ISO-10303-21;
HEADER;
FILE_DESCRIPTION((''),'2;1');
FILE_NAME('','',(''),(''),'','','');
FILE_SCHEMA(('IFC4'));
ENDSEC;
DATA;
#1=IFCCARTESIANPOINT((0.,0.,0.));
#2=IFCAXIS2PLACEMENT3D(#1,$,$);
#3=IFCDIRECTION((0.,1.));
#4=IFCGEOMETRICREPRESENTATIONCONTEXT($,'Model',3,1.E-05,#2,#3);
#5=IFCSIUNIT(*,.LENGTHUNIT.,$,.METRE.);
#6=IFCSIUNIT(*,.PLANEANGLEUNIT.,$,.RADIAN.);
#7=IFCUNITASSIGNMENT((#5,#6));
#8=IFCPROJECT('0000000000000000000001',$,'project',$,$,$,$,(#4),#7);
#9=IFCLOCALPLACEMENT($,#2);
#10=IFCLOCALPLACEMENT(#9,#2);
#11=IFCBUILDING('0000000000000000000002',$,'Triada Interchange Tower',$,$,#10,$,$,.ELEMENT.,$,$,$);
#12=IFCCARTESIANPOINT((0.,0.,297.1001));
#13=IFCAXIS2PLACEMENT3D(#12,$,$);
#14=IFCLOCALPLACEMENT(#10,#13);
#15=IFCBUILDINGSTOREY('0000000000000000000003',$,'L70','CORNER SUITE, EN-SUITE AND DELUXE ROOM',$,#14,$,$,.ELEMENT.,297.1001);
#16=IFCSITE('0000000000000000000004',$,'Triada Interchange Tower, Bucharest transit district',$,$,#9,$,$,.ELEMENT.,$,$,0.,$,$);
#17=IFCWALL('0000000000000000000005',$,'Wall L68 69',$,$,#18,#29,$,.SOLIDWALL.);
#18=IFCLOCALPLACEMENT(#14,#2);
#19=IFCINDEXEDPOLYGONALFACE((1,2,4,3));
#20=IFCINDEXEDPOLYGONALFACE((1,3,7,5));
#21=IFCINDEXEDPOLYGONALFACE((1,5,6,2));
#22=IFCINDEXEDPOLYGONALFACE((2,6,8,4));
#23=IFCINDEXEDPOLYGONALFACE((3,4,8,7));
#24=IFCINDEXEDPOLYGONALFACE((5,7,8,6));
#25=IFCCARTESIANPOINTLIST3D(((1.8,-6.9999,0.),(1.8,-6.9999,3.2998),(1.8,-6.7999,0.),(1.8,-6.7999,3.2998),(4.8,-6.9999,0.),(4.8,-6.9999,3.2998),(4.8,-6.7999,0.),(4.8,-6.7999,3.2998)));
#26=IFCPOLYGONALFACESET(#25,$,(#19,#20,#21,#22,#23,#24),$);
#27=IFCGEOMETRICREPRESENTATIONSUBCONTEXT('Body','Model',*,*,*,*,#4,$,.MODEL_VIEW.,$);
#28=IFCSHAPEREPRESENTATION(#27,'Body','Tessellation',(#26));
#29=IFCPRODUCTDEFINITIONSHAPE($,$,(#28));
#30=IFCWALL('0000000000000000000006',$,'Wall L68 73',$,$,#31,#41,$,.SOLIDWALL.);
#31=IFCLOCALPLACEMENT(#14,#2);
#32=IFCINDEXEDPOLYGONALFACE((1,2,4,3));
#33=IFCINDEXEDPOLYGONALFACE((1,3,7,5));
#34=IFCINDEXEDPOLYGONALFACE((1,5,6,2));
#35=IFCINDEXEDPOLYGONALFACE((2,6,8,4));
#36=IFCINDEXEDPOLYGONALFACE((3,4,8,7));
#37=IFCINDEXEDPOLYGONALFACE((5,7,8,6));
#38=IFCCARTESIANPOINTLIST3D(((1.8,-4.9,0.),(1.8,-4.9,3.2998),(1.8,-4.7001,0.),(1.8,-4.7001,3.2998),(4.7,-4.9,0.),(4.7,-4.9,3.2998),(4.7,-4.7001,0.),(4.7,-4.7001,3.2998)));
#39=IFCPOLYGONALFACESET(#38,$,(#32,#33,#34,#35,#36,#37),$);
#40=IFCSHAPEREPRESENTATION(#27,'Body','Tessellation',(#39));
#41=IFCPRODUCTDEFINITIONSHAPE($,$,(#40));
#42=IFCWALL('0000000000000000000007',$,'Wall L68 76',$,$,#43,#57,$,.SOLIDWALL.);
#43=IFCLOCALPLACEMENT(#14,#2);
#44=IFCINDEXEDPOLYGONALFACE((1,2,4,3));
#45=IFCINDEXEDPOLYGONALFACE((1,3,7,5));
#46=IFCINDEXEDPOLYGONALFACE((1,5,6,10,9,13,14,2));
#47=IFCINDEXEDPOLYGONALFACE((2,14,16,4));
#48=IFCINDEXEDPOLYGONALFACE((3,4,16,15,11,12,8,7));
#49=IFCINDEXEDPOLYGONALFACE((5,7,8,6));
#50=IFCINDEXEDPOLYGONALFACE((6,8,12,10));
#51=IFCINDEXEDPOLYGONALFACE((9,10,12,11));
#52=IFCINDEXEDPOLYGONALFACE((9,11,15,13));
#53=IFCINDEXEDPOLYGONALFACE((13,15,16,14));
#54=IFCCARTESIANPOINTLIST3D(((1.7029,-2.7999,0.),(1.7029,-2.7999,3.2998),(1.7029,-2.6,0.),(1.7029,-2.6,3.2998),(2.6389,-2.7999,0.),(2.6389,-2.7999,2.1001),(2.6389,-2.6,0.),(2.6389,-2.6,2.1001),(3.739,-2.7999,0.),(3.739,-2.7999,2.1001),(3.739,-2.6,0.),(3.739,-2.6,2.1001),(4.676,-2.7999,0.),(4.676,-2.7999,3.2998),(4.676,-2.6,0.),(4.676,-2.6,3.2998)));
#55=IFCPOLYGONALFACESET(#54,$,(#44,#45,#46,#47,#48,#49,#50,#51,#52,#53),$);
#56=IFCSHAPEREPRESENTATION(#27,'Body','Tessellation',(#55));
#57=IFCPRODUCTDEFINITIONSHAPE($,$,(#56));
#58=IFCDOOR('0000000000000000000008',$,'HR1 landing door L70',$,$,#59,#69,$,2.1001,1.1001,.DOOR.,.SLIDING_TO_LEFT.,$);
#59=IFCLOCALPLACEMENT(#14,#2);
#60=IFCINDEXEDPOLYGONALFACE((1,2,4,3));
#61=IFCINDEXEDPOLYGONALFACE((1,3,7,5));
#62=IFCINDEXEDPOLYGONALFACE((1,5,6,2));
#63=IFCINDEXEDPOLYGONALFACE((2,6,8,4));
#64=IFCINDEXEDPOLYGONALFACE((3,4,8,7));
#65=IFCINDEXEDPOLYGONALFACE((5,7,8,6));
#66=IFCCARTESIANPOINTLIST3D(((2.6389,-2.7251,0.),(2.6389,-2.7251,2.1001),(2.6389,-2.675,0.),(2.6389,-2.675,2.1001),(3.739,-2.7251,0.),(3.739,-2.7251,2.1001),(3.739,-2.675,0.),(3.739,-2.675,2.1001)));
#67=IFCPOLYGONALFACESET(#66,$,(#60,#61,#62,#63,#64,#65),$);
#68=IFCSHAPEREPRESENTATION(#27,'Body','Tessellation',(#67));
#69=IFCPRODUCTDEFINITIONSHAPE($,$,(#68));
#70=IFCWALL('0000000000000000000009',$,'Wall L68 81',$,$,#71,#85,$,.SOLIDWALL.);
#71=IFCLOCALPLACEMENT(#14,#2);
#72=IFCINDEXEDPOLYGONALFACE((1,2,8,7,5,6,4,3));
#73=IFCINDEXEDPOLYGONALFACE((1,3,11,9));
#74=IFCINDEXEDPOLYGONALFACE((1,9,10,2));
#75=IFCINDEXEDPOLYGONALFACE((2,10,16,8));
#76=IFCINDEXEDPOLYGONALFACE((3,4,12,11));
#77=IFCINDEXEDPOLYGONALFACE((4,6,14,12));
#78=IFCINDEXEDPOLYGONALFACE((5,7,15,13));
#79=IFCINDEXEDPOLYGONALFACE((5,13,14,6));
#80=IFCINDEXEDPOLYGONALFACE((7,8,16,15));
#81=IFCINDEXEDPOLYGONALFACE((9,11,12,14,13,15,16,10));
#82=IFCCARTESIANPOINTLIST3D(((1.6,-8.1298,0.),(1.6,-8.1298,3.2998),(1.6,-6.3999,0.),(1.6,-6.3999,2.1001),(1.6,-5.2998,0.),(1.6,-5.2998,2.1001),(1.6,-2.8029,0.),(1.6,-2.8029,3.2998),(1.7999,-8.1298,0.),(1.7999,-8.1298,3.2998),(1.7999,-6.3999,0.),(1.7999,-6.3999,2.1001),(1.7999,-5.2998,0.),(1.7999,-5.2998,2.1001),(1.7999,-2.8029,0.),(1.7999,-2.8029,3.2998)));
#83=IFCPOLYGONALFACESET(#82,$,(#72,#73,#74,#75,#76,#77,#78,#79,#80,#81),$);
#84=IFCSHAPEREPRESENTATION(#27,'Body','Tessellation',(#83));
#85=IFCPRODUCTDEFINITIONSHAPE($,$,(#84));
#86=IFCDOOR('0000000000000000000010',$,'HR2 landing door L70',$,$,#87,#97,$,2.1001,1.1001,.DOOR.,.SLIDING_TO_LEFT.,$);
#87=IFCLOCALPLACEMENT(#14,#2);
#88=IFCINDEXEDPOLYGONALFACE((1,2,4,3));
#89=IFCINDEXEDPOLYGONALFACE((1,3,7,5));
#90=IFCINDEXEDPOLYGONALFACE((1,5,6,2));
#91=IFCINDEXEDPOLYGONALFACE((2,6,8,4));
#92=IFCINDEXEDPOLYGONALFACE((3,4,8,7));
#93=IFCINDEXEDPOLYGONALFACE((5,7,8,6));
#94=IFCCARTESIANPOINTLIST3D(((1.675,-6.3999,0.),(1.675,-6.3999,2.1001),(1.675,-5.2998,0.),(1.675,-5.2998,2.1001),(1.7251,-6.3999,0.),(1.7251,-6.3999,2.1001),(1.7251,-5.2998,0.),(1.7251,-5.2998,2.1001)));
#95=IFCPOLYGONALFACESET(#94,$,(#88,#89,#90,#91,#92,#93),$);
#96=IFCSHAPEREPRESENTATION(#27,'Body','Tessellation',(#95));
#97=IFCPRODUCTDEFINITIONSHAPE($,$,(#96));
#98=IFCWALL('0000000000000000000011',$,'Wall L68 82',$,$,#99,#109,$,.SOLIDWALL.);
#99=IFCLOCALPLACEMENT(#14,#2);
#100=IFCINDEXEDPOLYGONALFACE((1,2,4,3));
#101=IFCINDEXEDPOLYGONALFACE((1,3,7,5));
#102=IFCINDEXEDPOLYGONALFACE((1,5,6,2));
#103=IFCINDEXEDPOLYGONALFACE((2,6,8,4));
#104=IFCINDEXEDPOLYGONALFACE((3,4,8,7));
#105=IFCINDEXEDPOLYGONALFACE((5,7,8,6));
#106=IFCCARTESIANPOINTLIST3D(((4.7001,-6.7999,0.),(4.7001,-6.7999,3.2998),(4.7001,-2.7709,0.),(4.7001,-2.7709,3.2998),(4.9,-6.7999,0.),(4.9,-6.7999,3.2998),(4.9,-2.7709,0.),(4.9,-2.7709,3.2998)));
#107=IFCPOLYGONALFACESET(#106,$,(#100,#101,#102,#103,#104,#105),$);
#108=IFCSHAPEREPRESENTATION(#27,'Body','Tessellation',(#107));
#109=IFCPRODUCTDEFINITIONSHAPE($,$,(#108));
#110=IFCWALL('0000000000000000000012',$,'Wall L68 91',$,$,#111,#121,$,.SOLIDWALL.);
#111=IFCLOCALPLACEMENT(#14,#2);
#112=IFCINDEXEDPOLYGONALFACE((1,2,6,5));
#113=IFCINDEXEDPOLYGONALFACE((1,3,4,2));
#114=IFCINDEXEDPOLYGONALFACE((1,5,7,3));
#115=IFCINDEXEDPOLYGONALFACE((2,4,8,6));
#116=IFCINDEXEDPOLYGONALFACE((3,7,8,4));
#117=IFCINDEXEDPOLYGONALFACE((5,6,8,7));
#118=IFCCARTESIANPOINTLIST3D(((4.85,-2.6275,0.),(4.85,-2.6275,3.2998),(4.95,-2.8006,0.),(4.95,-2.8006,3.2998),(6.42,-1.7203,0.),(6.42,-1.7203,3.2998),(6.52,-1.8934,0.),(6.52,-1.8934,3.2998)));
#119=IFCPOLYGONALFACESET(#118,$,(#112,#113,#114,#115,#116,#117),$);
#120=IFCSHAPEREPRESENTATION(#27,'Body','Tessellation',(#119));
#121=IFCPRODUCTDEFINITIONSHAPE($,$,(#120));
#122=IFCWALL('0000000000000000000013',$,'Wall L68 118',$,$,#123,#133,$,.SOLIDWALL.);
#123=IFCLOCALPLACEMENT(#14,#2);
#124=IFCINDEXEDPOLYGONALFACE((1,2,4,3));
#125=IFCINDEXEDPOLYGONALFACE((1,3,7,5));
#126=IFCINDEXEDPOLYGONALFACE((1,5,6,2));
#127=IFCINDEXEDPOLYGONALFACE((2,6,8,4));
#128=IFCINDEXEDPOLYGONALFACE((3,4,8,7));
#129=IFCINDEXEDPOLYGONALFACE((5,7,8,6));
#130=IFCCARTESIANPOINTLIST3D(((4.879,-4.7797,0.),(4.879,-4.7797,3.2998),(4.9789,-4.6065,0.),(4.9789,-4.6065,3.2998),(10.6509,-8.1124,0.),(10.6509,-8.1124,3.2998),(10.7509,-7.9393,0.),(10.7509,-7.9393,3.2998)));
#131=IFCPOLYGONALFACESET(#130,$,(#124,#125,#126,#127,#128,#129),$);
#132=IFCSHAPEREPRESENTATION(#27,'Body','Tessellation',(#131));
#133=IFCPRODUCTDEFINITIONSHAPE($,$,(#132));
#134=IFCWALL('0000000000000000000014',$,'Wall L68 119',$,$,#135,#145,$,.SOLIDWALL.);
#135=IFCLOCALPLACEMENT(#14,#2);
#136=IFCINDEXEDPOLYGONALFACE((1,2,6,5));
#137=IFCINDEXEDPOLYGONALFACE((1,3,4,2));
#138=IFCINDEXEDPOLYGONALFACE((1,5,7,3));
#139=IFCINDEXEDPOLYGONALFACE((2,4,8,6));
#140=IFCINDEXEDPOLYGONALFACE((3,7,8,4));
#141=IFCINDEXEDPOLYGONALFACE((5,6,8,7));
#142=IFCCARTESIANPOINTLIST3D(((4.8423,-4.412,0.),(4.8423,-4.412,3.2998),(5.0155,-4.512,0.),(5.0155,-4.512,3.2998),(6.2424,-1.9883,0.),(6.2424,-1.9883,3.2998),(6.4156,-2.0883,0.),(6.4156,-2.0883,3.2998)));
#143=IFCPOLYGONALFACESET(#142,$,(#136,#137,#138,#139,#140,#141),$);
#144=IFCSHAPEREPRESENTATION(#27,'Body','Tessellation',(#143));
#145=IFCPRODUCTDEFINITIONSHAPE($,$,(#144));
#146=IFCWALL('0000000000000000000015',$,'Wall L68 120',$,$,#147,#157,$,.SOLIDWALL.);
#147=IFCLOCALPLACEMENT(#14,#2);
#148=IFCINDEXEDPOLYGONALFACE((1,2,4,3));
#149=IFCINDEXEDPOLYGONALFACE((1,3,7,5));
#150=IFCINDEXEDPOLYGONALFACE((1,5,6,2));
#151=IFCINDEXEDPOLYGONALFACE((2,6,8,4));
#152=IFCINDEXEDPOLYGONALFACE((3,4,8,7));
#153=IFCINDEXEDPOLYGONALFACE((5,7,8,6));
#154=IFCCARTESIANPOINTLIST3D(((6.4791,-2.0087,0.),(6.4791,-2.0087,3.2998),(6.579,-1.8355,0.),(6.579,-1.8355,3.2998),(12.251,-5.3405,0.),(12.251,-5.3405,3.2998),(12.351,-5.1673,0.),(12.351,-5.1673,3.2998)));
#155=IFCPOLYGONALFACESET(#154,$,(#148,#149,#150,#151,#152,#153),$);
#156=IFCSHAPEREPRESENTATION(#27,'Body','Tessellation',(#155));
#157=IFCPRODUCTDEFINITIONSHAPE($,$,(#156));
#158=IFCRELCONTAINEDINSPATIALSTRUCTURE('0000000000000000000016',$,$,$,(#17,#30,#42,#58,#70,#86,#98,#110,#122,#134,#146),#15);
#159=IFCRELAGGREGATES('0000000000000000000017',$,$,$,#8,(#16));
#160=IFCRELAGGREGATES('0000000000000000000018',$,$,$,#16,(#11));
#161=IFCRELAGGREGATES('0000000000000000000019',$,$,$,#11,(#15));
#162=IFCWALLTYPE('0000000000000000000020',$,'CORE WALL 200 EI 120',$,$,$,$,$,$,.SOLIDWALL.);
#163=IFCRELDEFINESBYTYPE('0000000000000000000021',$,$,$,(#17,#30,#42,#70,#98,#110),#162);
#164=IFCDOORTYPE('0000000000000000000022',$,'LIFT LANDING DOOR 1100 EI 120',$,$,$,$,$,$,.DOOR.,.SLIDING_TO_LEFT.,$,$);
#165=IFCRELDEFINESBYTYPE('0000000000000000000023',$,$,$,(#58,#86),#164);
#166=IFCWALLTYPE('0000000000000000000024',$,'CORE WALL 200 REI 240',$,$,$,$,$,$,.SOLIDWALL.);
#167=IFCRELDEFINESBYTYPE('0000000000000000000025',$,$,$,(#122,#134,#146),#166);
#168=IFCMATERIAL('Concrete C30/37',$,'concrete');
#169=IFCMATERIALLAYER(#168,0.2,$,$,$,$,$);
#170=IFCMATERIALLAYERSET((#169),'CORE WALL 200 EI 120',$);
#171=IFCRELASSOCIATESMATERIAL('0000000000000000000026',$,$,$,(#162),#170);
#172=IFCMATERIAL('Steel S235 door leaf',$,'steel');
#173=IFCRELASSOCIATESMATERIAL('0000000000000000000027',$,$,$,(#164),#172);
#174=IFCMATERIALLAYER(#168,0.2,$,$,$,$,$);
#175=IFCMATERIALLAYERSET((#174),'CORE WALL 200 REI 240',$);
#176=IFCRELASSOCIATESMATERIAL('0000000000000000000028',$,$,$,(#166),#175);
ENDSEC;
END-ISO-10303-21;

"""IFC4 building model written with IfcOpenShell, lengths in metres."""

from ifc_helpers import new_model, si_unit, direction, frame, frame_2d, origin, place, context, subcontext, project, spatial, rectangle, extrude, material, layer, layer_set, type_object, element, fill, save


model = new_model("IFC4")

# Units and contexts
model_context = context("Model", 3, precision=1e-05, world=origin(), true_north=direction((0.0, 1.0)))
body_context = subcontext(model_context, "Body", "Model", "MODEL_VIEW")
ifc_project = project(units=[si_unit("LENGTHUNIT", "METRE"), si_unit("PLANEANGLEUNIT", "RADIAN")], contexts=[model_context])

# Site, building, storey
site_placement = place(None, origin())
site = spatial("IfcSite", under=ifc_project, at=site_placement, Name="Triada Interchange Tower, Bucharest transit district", CompositionType="ELEMENT", RefElevation=0.0)
building_placement = place(site_placement, origin())
building = spatial("IfcBuilding", under=site, at=building_placement, Name="Triada Interchange Tower", CompositionType="ELEMENT")
storey_placement = place(building_placement, frame((0.0, 0.0, 297.1001)))
storey = spatial("IfcBuildingStorey", under=building, at=storey_placement, Name="L70", Description="CORNER SUITE, EN-SUITE AND DELUXE ROOM", CompositionType="ELEMENT", Elevation=297.1001)

# Walls
ifc_material_1 = material(Name="Concrete C30/37", Category="concrete")
ifc_layer_1 = layer(ifc_material_1, 0.2)
ifc_layer_set_1 = layer_set([ifc_layer_1], Name="CORE WALL 200 EI 120")
wall_type_1 = type_object("IfcWallType", Name="CORE WALL 200 EI 120", PredefinedType="SOLIDWALL", material=ifc_layer_set_1)
wall_1_placement = place(storey_placement, frame((1.8, -6.8999, 0.0), z_axis=(0.0, 0.0, 1.0), x_axis=(1.0, 0.0, 0.0)))
element("IfcWall", 1, at=wall_1_placement, inside=storey, type_object=wall_type_1, Name="Wall L68 69", PredefinedType="SOLIDWALL", context=body_context, shape_type="SweptSolid", body=[
    extrude(rectangle(XDim=3.0, YDim=0.2, at=frame_2d((1.5, 0.0))), origin(), (0.0, 0.0, 1.0), 3.2998),
])
wall_2_placement = place(storey_placement, frame((1.8, -4.8, 0.0), z_axis=(0.0, 0.0, 1.0), x_axis=(1.0, 0.0, 0.0)))
element("IfcWall", 2, at=wall_2_placement, inside=storey, type_object=wall_type_1, Name="Wall L68 73", PredefinedType="SOLIDWALL", context=body_context, shape_type="SweptSolid", body=[
    extrude(rectangle(XDim=2.8999, YDim=0.2, at=frame_2d((1.45, 0.0))), origin(), (0.0, 0.0, 1.0), 3.2998),
])

# Walls, openings, doors
wall_3_placement = place(storey_placement, frame((1.7029, -2.7, 0.0), z_axis=(0.0, 0.0, 1.0), x_axis=(1.0, 0.0, 0.0)))
wall_3 = element("IfcWall", 3, at=wall_3_placement, inside=storey, type_object=wall_type_1, Name="Wall L68 76", PredefinedType="SOLIDWALL", context=body_context, shape_type="SweptSolid", body=[
    extrude(rectangle(XDim=2.9731, YDim=0.2, at=frame_2d((1.4866, 0.0))), origin(), (0.0, 0.0, 1.0), 3.2998),
])
opening_1_placement = place(wall_3_placement, frame((0.936, 0.0, 0.0)))
opening_1 = element("IfcOpeningElement", 4, at=opening_1_placement, cuts=wall_3, PredefinedType="OPENING", context=body_context, shape_type="SweptSolid", body=[
    extrude(rectangle(XDim=1.1001, YDim=2.1001, at=frame_2d((0.55, 1.05))), frame((0.0, 0.1099, 0.0), z_axis=(0.0, -1.0, 0.0), x_axis=(1.0, 0.0, 0.0)), (0.0, 0.0, 1.0), 0.22),
])
ifc_material_2 = material(Name="Steel S235 door leaf", Category="steel")
door_type_1 = type_object("IfcDoorType", Name="LIFT LANDING DOOR 1100 EI 120", OperationType="SLIDING_TO_LEFT", PredefinedType="DOOR", material=ifc_material_2)
door_1_placement = place(opening_1_placement, origin())
door_1 = element("IfcDoor", 5, at=door_1_placement, inside=storey, type_object=door_type_1, Name="HR1 landing door L70", OperationType="SLIDING_TO_LEFT", OverallHeight=2.1001, OverallWidth=1.1001, PredefinedType="DOOR", context=body_context, shape_type="SweptSolid", body=[
    extrude(rectangle(XDim=1.1001, YDim=2.1001, at=frame_2d((0.55, 1.05))), frame((0.0, 0.0249, 0.0), z_axis=(0.0, -1.0, 0.0), x_axis=(1.0, 0.0, 0.0)), (0.0, 0.0, 1.0), 0.05),
])
fill(opening_1, door_1)
wall_4_placement = place(storey_placement, frame((1.7, -8.1299, 0.0), z_axis=(0.0, 0.0, 1.0), x_axis=(0.0, 1.0, 0.0)))
wall_4 = element("IfcWall", 6, at=wall_4_placement, inside=storey, type_object=wall_type_1, Name="Wall L68 81", PredefinedType="SOLIDWALL", context=body_context, shape_type="SweptSolid", body=[
    extrude(rectangle(XDim=5.3269, YDim=0.2, at=frame_2d((2.6636, 0.0))), origin(), (0.0, 0.0, 1.0), 3.2998),
])
opening_2_placement = place(wall_4_placement, frame((1.73, 0.0, 0.0)))
opening_2 = element("IfcOpeningElement", 7, at=opening_2_placement, cuts=wall_4, PredefinedType="OPENING", context=body_context, shape_type="SweptSolid", body=[
    extrude(rectangle(XDim=1.1001, YDim=2.1001, at=frame_2d((0.55, 1.05))), frame((0.0, 0.1099, 0.0), z_axis=(0.0, -1.0, 0.0), x_axis=(1.0, 0.0, 0.0)), (0.0, 0.0, 1.0), 0.22),
])
door_2_placement = place(opening_2_placement, origin())
door_2 = element("IfcDoor", 8, at=door_2_placement, inside=storey, type_object=door_type_1, Name="HR2 landing door L70", OperationType="SLIDING_TO_LEFT", OverallHeight=2.1001, OverallWidth=1.1001, PredefinedType="DOOR", context=body_context, shape_type="SweptSolid", body=[
    extrude(rectangle(XDim=1.1001, YDim=2.1001, at=frame_2d((0.55, 1.05))), frame((0.0, 0.0249, 0.0), z_axis=(0.0, -1.0, 0.0), x_axis=(1.0, 0.0, 0.0)), (0.0, 0.0, 1.0), 0.05),
])
fill(opening_2, door_2)

# Walls
wall_5_placement = place(storey_placement, frame((4.8, -6.8, 0.0), z_axis=(0.0, 0.0, 1.0), x_axis=(0.0, 1.0, 0.0)))
element("IfcWall", 9, at=wall_5_placement, inside=storey, type_object=wall_type_1, Name="Wall L68 82", PredefinedType="SOLIDWALL", context=body_context, shape_type="SweptSolid", body=[
    extrude(rectangle(XDim=4.0291, YDim=0.2, at=frame_2d((2.0146, 0.0))), origin(), (0.0, 0.0, 1.0), 3.2998),
])
wall_6_placement = place(storey_placement, frame((4.8999, -2.7141, 0.0), z_axis=(0.0, 0.0, 1.0), x_axis=(0.865847, 0.500309, 0.0)))
element("IfcWall", 10, at=wall_6_placement, inside=storey, type_object=wall_type_1, Name="Wall L68 91", PredefinedType="SOLIDWALL", context=body_context, shape_type="SweptSolid", body=[
    extrude(rectangle(XDim=1.8132, YDim=0.2, at=frame_2d((0.9067, 0.0))), origin(), (0.0, 0.0, 1.0), 3.2998),
])
ifc_layer_2 = layer(ifc_material_1, 0.2)
ifc_layer_set_2 = layer_set([ifc_layer_2], Name="CORE WALL 200 REI 240")
wall_type_2 = type_object("IfcWallType", Name="CORE WALL 200 REI 240", PredefinedType="SOLIDWALL", material=ifc_layer_set_2)
wall_7_placement = place(storey_placement, frame((4.929, -4.6931, 0.0), z_axis=(0.0, 0.0, 1.0), x_axis=(0.866005, -0.500035, 0.0)))
element("IfcWall", 11, at=wall_7_placement, inside=storey, type_object=wall_type_2, Name="Wall L68 118", PredefinedType="SOLIDWALL", context=body_context, shape_type="SweptSolid", body=[
    extrude(rectangle(XDim=6.665, YDim=0.2, at=frame_2d((3.3325, 0.0))), origin(), (0.0, 0.0, 1.0), 3.2998),
])
wall_8_placement = place(storey_placement, frame((4.929, -4.4619, 0.0), z_axis=(0.0, 0.0, 1.0), x_axis=(0.500201, 0.86591, 0.0)))
element("IfcWall", 12, at=wall_8_placement, inside=storey, type_object=wall_type_2, Name="Wall L68 119", PredefinedType="SOLIDWALL", context=body_context, shape_type="SweptSolid", body=[
    extrude(rectangle(XDim=2.7991, YDim=0.2, at=frame_2d((1.3994, 0.0))), origin(), (0.0, 0.0, 1.0), 3.2998),
])
wall_9_placement = place(storey_placement, frame((6.5291, -1.9221, 0.0), z_axis=(0.0, 0.0, 1.0), x_axis=(0.866068, -0.499925, 0.0)))
element("IfcWall", 13, at=wall_9_placement, inside=storey, type_object=wall_type_2, Name="Wall L68 120", PredefinedType="SOLIDWALL", context=body_context, shape_type="SweptSolid", body=[
    extrude(rectangle(XDim=6.6646, YDim=0.2, at=frame_2d((3.3323, 0.0))), origin(), (0.0, 0.0, 1.0), 3.2998),
])

save(model, "model.ifc")
